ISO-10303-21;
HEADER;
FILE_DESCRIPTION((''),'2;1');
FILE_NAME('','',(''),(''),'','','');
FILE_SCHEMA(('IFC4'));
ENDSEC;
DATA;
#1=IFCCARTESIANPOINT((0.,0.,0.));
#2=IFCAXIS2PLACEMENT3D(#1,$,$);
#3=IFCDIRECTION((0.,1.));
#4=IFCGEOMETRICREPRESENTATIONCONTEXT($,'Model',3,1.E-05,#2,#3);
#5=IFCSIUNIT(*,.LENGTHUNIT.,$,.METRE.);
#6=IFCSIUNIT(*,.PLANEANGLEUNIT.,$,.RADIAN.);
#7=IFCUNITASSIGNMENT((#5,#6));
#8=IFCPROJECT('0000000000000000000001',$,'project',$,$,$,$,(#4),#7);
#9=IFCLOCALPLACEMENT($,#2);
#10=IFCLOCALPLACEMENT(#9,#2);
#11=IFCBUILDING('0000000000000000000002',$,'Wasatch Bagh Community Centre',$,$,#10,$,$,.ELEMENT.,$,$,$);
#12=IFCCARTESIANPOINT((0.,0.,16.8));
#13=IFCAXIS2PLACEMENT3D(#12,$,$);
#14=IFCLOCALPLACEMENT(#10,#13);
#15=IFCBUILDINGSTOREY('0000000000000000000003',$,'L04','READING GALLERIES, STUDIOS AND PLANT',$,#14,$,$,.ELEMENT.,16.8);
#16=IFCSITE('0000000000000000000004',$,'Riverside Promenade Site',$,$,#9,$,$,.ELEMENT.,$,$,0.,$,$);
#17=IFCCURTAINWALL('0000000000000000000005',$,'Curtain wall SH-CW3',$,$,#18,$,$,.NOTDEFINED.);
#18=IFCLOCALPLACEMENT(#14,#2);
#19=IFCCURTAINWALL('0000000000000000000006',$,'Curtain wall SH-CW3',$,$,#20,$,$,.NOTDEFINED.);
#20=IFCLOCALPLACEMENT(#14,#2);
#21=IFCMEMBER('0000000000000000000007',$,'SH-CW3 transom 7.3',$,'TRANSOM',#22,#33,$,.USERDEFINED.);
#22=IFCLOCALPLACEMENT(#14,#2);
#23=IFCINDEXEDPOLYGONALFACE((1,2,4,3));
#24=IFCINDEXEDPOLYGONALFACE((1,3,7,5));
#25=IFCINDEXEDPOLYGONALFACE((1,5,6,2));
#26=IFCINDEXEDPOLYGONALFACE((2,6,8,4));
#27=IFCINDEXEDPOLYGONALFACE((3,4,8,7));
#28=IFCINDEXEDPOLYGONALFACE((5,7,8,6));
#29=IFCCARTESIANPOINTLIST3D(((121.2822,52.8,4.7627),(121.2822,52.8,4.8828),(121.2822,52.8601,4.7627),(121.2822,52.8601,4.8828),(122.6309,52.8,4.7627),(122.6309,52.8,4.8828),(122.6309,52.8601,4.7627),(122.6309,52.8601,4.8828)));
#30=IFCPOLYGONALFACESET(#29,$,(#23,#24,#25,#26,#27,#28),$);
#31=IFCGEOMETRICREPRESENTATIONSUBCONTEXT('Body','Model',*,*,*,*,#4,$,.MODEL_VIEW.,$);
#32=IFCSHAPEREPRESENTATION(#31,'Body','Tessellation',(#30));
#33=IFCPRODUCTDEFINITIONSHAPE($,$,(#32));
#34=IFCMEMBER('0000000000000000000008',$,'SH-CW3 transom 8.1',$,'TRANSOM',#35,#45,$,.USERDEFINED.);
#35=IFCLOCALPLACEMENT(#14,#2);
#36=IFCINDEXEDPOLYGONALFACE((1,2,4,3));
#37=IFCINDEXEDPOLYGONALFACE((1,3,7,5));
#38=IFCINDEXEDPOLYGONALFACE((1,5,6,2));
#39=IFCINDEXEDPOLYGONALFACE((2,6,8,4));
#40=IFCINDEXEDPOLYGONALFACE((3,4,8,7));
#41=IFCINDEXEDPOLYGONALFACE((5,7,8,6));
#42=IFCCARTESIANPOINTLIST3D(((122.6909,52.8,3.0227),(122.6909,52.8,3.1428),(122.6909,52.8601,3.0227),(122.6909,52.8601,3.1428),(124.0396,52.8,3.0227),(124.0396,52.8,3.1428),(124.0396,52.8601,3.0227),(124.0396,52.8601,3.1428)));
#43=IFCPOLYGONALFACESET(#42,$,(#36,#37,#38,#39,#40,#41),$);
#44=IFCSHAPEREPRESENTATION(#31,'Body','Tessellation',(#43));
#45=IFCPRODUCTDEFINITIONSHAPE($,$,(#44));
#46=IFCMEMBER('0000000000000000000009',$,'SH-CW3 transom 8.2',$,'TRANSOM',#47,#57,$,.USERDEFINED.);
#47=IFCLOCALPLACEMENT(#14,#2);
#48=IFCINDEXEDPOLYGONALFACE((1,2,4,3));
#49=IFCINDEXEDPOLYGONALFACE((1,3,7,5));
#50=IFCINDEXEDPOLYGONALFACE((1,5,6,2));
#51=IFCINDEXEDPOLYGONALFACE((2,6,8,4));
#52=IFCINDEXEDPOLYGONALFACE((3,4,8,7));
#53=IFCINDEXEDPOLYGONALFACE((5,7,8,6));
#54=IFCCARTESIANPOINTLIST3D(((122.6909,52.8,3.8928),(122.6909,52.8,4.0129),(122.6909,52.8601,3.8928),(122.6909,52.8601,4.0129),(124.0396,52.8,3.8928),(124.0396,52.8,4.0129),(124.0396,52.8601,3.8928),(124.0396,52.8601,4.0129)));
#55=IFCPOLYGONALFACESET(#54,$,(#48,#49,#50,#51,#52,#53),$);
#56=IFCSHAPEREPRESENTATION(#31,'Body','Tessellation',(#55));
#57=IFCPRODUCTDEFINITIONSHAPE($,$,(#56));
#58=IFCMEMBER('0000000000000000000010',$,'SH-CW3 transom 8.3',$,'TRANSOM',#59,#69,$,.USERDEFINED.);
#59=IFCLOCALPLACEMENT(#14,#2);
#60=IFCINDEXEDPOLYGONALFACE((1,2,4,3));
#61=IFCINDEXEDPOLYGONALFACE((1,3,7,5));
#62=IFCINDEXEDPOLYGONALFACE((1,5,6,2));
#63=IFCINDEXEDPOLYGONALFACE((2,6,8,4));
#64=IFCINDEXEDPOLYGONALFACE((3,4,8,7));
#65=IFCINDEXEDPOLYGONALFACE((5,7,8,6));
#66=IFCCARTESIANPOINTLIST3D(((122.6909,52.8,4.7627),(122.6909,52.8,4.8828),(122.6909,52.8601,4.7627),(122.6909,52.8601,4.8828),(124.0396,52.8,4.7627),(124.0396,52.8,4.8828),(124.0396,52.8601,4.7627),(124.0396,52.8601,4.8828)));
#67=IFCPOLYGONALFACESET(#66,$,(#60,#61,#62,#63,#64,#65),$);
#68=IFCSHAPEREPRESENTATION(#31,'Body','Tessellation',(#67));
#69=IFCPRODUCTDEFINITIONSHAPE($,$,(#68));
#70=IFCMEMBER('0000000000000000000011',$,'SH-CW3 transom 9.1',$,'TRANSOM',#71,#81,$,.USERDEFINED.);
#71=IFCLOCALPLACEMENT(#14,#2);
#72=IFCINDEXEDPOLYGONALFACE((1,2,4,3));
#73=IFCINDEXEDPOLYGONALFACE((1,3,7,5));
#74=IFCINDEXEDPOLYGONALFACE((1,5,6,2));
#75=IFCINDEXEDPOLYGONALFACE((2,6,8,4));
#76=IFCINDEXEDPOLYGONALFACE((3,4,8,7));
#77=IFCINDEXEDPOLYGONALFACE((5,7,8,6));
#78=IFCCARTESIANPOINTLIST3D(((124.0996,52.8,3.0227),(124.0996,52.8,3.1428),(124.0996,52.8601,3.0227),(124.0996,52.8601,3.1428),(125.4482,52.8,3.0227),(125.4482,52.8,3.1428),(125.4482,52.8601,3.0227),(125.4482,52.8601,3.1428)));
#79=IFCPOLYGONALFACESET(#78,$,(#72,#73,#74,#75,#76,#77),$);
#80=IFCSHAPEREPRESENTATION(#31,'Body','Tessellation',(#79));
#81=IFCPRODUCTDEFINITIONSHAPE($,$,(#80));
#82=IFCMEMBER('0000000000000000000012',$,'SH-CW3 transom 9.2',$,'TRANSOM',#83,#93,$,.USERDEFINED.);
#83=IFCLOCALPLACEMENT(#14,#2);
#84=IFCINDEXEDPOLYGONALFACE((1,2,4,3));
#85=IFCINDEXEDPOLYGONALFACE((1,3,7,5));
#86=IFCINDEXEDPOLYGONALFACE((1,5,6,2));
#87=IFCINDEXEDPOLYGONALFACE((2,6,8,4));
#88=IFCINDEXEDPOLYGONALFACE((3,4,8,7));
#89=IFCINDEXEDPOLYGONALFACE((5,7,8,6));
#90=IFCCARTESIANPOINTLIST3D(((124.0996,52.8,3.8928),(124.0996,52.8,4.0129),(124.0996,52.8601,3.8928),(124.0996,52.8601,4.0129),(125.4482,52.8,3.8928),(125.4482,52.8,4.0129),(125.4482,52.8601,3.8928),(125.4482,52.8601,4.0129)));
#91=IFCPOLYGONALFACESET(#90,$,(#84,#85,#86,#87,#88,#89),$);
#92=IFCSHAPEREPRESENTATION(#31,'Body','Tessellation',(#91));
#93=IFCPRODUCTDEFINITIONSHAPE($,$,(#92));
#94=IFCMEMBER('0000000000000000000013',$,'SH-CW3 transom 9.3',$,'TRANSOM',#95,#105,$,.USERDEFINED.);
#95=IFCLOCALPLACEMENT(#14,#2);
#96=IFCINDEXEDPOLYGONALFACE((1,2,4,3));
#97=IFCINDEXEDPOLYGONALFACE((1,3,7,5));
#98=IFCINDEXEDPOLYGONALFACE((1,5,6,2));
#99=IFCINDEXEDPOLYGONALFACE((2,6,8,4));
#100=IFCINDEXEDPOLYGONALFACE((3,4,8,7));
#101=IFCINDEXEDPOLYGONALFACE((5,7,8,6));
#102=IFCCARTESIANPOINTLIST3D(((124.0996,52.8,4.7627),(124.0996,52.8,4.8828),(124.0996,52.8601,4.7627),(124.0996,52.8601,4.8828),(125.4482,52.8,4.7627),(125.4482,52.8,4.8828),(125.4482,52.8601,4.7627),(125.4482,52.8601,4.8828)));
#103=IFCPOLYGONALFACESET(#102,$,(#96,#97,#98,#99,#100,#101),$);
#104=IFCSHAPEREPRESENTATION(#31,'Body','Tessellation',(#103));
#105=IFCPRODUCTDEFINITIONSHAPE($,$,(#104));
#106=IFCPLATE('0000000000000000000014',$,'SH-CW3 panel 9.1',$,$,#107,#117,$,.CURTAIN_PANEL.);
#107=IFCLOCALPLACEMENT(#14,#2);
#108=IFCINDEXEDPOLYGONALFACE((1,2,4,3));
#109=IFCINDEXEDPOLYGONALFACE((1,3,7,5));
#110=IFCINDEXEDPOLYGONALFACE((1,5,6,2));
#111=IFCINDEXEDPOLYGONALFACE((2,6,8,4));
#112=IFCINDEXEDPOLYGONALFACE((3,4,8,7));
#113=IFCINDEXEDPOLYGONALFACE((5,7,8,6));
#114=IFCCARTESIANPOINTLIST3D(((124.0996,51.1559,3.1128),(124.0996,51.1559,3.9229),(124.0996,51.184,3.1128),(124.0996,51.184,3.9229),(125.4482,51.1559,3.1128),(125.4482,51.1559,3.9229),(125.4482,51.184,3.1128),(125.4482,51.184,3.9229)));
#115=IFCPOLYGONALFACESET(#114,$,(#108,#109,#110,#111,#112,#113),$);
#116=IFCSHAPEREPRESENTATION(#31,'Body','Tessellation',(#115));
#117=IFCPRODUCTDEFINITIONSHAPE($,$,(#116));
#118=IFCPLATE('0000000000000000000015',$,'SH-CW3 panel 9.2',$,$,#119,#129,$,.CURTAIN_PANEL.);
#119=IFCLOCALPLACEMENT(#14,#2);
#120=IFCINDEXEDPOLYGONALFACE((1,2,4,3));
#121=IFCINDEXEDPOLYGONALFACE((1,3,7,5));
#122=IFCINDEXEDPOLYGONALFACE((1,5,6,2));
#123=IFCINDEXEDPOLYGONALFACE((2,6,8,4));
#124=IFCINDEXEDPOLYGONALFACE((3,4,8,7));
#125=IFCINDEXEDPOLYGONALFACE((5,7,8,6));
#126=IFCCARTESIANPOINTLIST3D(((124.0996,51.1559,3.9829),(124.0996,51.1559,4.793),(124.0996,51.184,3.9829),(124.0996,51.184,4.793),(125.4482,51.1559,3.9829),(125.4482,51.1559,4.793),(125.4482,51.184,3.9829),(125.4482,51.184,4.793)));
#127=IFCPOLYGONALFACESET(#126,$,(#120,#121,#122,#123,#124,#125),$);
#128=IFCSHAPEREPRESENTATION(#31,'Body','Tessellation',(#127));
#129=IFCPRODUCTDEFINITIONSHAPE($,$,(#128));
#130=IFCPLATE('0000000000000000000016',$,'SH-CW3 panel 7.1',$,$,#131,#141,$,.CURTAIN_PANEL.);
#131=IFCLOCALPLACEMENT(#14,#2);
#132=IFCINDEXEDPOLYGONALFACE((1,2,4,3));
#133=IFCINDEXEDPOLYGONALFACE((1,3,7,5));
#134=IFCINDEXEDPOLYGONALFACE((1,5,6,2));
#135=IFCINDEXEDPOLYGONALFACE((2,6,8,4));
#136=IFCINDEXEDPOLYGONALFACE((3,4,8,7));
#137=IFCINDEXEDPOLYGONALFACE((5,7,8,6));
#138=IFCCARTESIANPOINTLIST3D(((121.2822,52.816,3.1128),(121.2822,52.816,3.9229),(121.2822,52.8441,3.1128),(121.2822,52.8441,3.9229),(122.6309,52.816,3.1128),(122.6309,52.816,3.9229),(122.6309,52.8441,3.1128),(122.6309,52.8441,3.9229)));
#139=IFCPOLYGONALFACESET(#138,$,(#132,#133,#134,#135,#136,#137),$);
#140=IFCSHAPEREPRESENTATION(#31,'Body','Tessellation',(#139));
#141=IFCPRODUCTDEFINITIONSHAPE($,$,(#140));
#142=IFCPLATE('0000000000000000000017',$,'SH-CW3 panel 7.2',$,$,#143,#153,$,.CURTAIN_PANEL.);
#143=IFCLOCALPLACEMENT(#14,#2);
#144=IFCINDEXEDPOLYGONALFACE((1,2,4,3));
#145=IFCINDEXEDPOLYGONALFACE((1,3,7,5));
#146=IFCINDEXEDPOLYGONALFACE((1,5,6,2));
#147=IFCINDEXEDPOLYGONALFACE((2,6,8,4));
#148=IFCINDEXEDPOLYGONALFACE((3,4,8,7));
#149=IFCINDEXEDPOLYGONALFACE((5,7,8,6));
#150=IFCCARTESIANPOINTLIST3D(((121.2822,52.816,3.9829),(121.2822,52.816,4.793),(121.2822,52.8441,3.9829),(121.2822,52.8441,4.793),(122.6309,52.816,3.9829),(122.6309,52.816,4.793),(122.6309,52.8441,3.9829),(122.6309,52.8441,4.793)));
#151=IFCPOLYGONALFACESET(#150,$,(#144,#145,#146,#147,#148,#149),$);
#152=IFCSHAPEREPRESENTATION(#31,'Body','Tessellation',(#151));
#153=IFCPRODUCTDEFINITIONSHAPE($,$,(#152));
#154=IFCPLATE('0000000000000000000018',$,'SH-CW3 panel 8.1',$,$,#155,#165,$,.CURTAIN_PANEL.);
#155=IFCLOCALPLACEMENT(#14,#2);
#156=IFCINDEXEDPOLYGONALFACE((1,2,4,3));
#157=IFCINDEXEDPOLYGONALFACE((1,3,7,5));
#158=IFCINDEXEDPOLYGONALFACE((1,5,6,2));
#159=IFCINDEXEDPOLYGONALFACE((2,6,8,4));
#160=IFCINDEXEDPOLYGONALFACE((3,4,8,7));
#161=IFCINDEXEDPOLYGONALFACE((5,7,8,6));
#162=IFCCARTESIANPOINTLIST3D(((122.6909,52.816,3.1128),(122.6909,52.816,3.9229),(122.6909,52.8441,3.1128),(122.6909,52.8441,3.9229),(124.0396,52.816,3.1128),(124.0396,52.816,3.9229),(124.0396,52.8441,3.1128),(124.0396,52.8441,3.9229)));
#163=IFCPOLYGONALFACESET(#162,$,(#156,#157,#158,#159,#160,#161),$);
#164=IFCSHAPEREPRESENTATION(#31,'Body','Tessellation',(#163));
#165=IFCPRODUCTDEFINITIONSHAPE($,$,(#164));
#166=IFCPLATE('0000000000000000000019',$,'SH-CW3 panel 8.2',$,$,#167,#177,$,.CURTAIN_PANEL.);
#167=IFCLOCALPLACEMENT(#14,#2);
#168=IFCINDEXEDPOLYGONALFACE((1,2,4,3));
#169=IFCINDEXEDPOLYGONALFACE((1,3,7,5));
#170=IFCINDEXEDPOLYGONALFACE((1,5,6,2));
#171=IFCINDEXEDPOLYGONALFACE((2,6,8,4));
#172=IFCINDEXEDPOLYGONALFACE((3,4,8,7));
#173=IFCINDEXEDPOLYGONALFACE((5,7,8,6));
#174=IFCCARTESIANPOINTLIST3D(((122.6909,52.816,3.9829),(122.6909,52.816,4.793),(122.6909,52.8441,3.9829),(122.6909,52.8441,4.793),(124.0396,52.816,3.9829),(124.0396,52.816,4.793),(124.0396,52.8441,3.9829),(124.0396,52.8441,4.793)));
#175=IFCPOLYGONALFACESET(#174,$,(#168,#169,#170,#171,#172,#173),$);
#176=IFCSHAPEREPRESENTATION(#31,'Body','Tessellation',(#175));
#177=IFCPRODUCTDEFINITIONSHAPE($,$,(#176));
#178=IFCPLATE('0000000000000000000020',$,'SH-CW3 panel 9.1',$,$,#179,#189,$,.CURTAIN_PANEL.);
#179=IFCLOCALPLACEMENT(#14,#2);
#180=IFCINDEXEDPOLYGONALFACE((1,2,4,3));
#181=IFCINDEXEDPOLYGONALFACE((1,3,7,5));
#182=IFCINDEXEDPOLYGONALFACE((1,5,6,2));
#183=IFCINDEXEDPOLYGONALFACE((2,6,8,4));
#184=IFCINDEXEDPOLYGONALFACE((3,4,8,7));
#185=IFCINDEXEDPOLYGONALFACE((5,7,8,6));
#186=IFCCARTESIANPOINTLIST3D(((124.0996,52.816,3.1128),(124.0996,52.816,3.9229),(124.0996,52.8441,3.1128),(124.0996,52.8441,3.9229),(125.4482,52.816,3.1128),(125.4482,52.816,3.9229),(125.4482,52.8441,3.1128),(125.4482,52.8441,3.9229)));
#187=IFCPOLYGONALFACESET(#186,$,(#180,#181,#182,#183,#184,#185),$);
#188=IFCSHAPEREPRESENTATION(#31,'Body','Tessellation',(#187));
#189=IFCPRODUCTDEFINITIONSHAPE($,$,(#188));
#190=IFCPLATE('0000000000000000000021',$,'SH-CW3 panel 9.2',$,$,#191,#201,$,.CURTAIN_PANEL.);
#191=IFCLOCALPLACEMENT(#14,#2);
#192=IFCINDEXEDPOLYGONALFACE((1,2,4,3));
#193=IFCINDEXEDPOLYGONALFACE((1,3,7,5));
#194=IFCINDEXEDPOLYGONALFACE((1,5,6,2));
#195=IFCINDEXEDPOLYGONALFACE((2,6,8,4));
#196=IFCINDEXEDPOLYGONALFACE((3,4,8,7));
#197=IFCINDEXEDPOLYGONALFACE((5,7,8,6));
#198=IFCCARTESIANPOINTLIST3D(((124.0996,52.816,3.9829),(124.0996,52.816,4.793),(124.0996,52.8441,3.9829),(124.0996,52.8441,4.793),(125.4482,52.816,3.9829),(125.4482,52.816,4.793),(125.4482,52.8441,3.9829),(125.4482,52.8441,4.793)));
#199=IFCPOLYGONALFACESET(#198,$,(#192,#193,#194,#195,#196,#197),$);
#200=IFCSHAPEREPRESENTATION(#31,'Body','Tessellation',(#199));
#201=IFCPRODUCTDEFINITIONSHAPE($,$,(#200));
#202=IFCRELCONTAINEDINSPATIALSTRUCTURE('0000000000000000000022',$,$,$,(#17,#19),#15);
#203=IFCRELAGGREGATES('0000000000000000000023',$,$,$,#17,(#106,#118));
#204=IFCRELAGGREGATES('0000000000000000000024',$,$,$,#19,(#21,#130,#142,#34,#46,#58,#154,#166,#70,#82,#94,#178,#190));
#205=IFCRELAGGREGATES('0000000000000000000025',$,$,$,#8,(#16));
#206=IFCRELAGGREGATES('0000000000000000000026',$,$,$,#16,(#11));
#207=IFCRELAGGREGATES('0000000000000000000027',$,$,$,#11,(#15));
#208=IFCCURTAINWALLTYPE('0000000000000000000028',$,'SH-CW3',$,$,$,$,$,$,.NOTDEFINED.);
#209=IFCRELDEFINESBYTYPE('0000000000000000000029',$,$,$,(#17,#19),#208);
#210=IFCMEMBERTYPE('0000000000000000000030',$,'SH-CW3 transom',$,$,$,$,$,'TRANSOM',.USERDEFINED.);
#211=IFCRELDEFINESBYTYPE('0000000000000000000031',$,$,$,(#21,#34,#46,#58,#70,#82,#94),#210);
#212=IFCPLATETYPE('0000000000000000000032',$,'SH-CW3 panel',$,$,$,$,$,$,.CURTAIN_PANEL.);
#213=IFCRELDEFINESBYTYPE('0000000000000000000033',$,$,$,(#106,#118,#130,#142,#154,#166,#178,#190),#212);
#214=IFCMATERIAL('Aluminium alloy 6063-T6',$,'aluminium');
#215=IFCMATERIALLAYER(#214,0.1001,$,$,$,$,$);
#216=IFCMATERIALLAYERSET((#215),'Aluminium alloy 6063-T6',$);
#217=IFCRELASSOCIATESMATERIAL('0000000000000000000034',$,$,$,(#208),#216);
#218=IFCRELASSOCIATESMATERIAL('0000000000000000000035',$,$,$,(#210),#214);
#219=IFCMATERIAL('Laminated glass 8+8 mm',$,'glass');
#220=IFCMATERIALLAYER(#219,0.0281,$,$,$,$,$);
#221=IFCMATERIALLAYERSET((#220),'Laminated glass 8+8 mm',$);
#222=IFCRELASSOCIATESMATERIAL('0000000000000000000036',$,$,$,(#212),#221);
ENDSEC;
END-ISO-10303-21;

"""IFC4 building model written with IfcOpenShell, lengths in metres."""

from ifc_helpers import new_model, si_unit, direction, frame, origin, origin_2d, place, context, subcontext, project, spatial, rectangle, extrude, material, layer, layer_set, material_profile, profile_set, type_object, element, aggregate, save


model = new_model("IFC4")

# Units and contexts
model_context = context("Model", 3, precision=1e-05, world=origin(), true_north=direction((0.0, 1.0)))
body_context = subcontext(model_context, "Body", "Model", "MODEL_VIEW")
ifc_project = project(units=[si_unit("LENGTHUNIT", "METRE"), si_unit("PLANEANGLEUNIT", "RADIAN")], contexts=[model_context])

# Site, building, storey
site_placement = place(None, origin())
site = spatial("IfcSite", under=ifc_project, at=site_placement, Name="Riverside Promenade Site", CompositionType="ELEMENT", RefElevation=0.0)
building_placement = place(site_placement, origin())
building = spatial("IfcBuilding", under=site, at=building_placement, Name="Wasatch Bagh Community Centre", CompositionType="ELEMENT")
storey_placement = place(building_placement, frame((0.0, 0.0, 16.8)))
storey = spatial("IfcBuildingStorey", under=building, at=storey_placement, Name="L04", Description="READING GALLERIES, STUDIOS AND PLANT", CompositionType="ELEMENT", Elevation=16.8)

# Curtain wall
ifc_material_1 = material(Name="Aluminium alloy 6063-T6", Category="aluminium")
ifc_layer_1 = layer(ifc_material_1, 0.1001)
ifc_layer_set_1 = layer_set([ifc_layer_1], Name="Aluminium alloy 6063-T6")
curtain_wall_type = type_object("IfcCurtainWallType", Name="SH-CW3", PredefinedType="NOTDEFINED", material=ifc_layer_set_1)
curtain_wall_1_placement = place(storey_placement, origin())
curtain_wall_1 = element("IfcCurtainWall", 1, at=curtain_wall_1_placement, inside=storey, type_object=curtain_wall_type, Name="Curtain wall SH-CW3", PredefinedType="NOTDEFINED")

# Curtain wall
curtain_wall_2_placement = place(storey_placement, origin())
curtain_wall_2 = element("IfcCurtainWall", 2, at=curtain_wall_2_placement, inside=storey, type_object=curtain_wall_type, Name="Curtain wall SH-CW3", PredefinedType="NOTDEFINED")

# Members
ifc_material_profile_1 = material_profile(ifc_material_1, rectangle(XDim=0.0601, YDim=0.1201, at=origin_2d()), Name="AL 60x120")
ifc_profile_set_1 = profile_set([ifc_material_profile_1], Name="Aluminium alloy 6063-T6")
member_type_1 = type_object("IfcMemberType", Name="SH-CW3 transom", ElementType="TRANSOM", PredefinedType="USERDEFINED", material=ifc_profile_set_1)
member_1_placement = place(storey_placement, frame((121.2822, 52.8301, 4.8228), z_axis=(1.0, 0.0, 0.0), x_axis=(0.0, 1.0, 0.0)))
member_1 = element("IfcMember", 3, at=member_1_placement, type_object=member_type_1, Name="SH-CW3 transom 7.3", ObjectType="TRANSOM", PredefinedType="USERDEFINED", context=body_context, shape_type="SweptSolid", body=[
    extrude(rectangle(XDim=0.0601, YDim=0.1201, at=origin_2d()), origin(), (0.0, 0.0, 1.0), 1.3486),
])
member_2_placement = place(storey_placement, frame((122.6909, 52.8301, 3.0828), z_axis=(1.0, 0.0, 0.0), x_axis=(0.0, 1.0, 0.0)))
member_2 = element("IfcMember", 4, at=member_2_placement, type_object=member_type_1, Name="SH-CW3 transom 8.1", ObjectType="TRANSOM", PredefinedType="USERDEFINED", context=body_context, shape_type="SweptSolid", body=[
    extrude(rectangle(XDim=0.0601, YDim=0.1201, at=origin_2d()), origin(), (0.0, 0.0, 1.0), 1.3486),
])
member_3_placement = place(storey_placement, frame((122.6909, 52.8301, 3.9529), z_axis=(1.0, 0.0, 0.0), x_axis=(0.0, 1.0, 0.0)))
member_3 = element("IfcMember", 5, at=member_3_placement, type_object=member_type_1, Name="SH-CW3 transom 8.2", ObjectType="TRANSOM", PredefinedType="USERDEFINED", context=body_context, shape_type="SweptSolid", body=[
    extrude(rectangle(XDim=0.0601, YDim=0.1201, at=origin_2d()), origin(), (0.0, 0.0, 1.0), 1.3486),
])
member_4_placement = place(storey_placement, frame((122.6909, 52.8301, 4.8228), z_axis=(1.0, 0.0, 0.0), x_axis=(0.0, 1.0, 0.0)))
member_4 = element("IfcMember", 6, at=member_4_placement, type_object=member_type_1, Name="SH-CW3 transom 8.3", ObjectType="TRANSOM", PredefinedType="USERDEFINED", context=body_context, shape_type="SweptSolid", body=[
    extrude(rectangle(XDim=0.0601, YDim=0.1201, at=origin_2d()), origin(), (0.0, 0.0, 1.0), 1.3486),
])
member_5_placement = place(storey_placement, frame((124.0996, 52.8301, 3.0828), z_axis=(1.0, 0.0, 0.0), x_axis=(0.0, 1.0, 0.0)))
member_5 = element("IfcMember", 7, at=member_5_placement, type_object=member_type_1, Name="SH-CW3 transom 9.1", ObjectType="TRANSOM", PredefinedType="USERDEFINED", context=body_context, shape_type="SweptSolid", body=[
    extrude(rectangle(XDim=0.0601, YDim=0.1201, at=origin_2d()), origin(), (0.0, 0.0, 1.0), 1.3486),
])
member_6_placement = place(storey_placement, frame((124.0996, 52.8301, 3.9529), z_axis=(1.0, 0.0, 0.0), x_axis=(0.0, 1.0, 0.0)))
member_6 = element("IfcMember", 8, at=member_6_placement, type_object=member_type_1, Name="SH-CW3 transom 9.2", ObjectType="TRANSOM", PredefinedType="USERDEFINED", context=body_context, shape_type="SweptSolid", body=[
    extrude(rectangle(XDim=0.0601, YDim=0.1201, at=origin_2d()), origin(), (0.0, 0.0, 1.0), 1.3486),
])
member_7_placement = place(storey_placement, frame((124.0996, 52.8301, 4.8228), z_axis=(1.0, 0.0, 0.0), x_axis=(0.0, 1.0, 0.0)))
member_7 = element("IfcMember", 9, at=member_7_placement, type_object=member_type_1, Name="SH-CW3 transom 9.3", ObjectType="TRANSOM", PredefinedType="USERDEFINED", context=body_context, shape_type="SweptSolid", body=[
    extrude(rectangle(XDim=0.0601, YDim=0.1201, at=origin_2d()), origin(), (0.0, 0.0, 1.0), 1.3486),
])

# Plates
ifc_material_2 = material(Name="Laminated glass 8+8 mm", Category="glass")
ifc_layer_2 = layer(ifc_material_2, 0.0281)
ifc_layer_set_2 = layer_set([ifc_layer_2], Name="Laminated glass 8+8 mm")
plate_type = type_object("IfcPlateType", Name="SH-CW3 panel", PredefinedType="CURTAIN_PANEL", material=ifc_layer_set_2)
plate_1_placement = place(storey_placement, frame((124.7739, 51.1699, 3.1128), z_axis=(0.0, 0.0, 1.0), x_axis=(1.0, 0.0, 0.0)))
plate_1 = element("IfcPlate", 10, at=plate_1_placement, type_object=plate_type, Name="SH-CW3 panel 9.1", PredefinedType="CURTAIN_PANEL", context=body_context, shape_type="SweptSolid", body=[
    extrude(rectangle(XDim=1.3486, YDim=0.0281, at=origin_2d()), origin(), (0.0, 0.0, 1.0), 0.8101),
])
plate_2_placement = place(storey_placement, frame((124.7739, 51.1699, 3.9829), z_axis=(0.0, 0.0, 1.0), x_axis=(1.0, 0.0, 0.0)))
plate_2 = element("IfcPlate", 11, at=plate_2_placement, type_object=plate_type, Name="SH-CW3 panel 9.2", PredefinedType="CURTAIN_PANEL", context=body_context, shape_type="SweptSolid", body=[
    extrude(rectangle(XDim=1.3486, YDim=0.0281, at=origin_2d()), origin(), (0.0, 0.0, 1.0), 0.8101),
])
aggregate(curtain_wall_1, [plate_1, plate_2])
plate_3_placement = place(storey_placement, frame((121.9565, 52.8301, 3.1128), z_axis=(0.0, 0.0, 1.0), x_axis=(1.0, 0.0, 0.0)))
plate_3 = element("IfcPlate", 12, at=plate_3_placement, type_object=plate_type, Name="SH-CW3 panel 7.1", PredefinedType="CURTAIN_PANEL", context=body_context, shape_type="SweptSolid", body=[
    extrude(rectangle(XDim=1.3486, YDim=0.0281, at=origin_2d()), origin(), (0.0, 0.0, 1.0), 0.8101),
])
plate_4_placement = place(storey_placement, frame((121.9565, 52.8301, 3.9829), z_axis=(0.0, 0.0, 1.0), x_axis=(1.0, 0.0, 0.0)))
plate_4 = element("IfcPlate", 13, at=plate_4_placement, type_object=plate_type, Name="SH-CW3 panel 7.2", PredefinedType="CURTAIN_PANEL", context=body_context, shape_type="SweptSolid", body=[
    extrude(rectangle(XDim=1.3486, YDim=0.0281, at=origin_2d()), origin(), (0.0, 0.0, 1.0), 0.8101),
])
plate_5_placement = place(storey_placement, frame((123.3652, 52.8301, 3.1128), z_axis=(0.0, 0.0, 1.0), x_axis=(1.0, 0.0, 0.0)))
plate_5 = element("IfcPlate", 14, at=plate_5_placement, type_object=plate_type, Name="SH-CW3 panel 8.1", PredefinedType="CURTAIN_PANEL", context=body_context, shape_type="SweptSolid", body=[
    extrude(rectangle(XDim=1.3486, YDim=0.0281, at=origin_2d()), origin(), (0.0, 0.0, 1.0), 0.8101),
])
plate_6_placement = place(storey_placement, frame((123.3652, 52.8301, 3.9829), z_axis=(0.0, 0.0, 1.0), x_axis=(1.0, 0.0, 0.0)))
plate_6 = element("IfcPlate", 15, at=plate_6_placement, type_object=plate_type, Name="SH-CW3 panel 8.2", PredefinedType="CURTAIN_PANEL", context=body_context, shape_type="SweptSolid", body=[
    extrude(rectangle(XDim=1.3486, YDim=0.0281, at=origin_2d()), origin(), (0.0, 0.0, 1.0), 0.8101),
])
plate_7_placement = place(storey_placement, frame((124.7739, 52.8301, 3.1128), z_axis=(0.0, 0.0, 1.0), x_axis=(1.0, 0.0, 0.0)))
plate_7 = element("IfcPlate", 16, at=plate_7_placement, type_object=plate_type, Name="SH-CW3 panel 9.1", PredefinedType="CURTAIN_PANEL", context=body_context, shape_type="SweptSolid", body=[
    extrude(rectangle(XDim=1.3486, YDim=0.0281, at=origin_2d()), origin(), (0.0, 0.0, 1.0), 0.8101),
])
plate_8_placement = place(storey_placement, frame((124.7739, 52.8301, 3.9829), z_axis=(0.0, 0.0, 1.0), x_axis=(1.0, 0.0, 0.0)))
plate_8 = element("IfcPlate", 17, at=plate_8_placement, type_object=plate_type, Name="SH-CW3 panel 9.2", PredefinedType="CURTAIN_PANEL", context=body_context, shape_type="SweptSolid", body=[
    extrude(rectangle(XDim=1.3486, YDim=0.0281, at=origin_2d()), origin(), (0.0, 0.0, 1.0), 0.8101),
])
aggregate(curtain_wall_2, [member_1, plate_3, plate_4, member_2, member_3, member_4, plate_5, plate_6, member_5, member_6, member_7, plate_7, plate_8])

save(model, "model.ifc")
